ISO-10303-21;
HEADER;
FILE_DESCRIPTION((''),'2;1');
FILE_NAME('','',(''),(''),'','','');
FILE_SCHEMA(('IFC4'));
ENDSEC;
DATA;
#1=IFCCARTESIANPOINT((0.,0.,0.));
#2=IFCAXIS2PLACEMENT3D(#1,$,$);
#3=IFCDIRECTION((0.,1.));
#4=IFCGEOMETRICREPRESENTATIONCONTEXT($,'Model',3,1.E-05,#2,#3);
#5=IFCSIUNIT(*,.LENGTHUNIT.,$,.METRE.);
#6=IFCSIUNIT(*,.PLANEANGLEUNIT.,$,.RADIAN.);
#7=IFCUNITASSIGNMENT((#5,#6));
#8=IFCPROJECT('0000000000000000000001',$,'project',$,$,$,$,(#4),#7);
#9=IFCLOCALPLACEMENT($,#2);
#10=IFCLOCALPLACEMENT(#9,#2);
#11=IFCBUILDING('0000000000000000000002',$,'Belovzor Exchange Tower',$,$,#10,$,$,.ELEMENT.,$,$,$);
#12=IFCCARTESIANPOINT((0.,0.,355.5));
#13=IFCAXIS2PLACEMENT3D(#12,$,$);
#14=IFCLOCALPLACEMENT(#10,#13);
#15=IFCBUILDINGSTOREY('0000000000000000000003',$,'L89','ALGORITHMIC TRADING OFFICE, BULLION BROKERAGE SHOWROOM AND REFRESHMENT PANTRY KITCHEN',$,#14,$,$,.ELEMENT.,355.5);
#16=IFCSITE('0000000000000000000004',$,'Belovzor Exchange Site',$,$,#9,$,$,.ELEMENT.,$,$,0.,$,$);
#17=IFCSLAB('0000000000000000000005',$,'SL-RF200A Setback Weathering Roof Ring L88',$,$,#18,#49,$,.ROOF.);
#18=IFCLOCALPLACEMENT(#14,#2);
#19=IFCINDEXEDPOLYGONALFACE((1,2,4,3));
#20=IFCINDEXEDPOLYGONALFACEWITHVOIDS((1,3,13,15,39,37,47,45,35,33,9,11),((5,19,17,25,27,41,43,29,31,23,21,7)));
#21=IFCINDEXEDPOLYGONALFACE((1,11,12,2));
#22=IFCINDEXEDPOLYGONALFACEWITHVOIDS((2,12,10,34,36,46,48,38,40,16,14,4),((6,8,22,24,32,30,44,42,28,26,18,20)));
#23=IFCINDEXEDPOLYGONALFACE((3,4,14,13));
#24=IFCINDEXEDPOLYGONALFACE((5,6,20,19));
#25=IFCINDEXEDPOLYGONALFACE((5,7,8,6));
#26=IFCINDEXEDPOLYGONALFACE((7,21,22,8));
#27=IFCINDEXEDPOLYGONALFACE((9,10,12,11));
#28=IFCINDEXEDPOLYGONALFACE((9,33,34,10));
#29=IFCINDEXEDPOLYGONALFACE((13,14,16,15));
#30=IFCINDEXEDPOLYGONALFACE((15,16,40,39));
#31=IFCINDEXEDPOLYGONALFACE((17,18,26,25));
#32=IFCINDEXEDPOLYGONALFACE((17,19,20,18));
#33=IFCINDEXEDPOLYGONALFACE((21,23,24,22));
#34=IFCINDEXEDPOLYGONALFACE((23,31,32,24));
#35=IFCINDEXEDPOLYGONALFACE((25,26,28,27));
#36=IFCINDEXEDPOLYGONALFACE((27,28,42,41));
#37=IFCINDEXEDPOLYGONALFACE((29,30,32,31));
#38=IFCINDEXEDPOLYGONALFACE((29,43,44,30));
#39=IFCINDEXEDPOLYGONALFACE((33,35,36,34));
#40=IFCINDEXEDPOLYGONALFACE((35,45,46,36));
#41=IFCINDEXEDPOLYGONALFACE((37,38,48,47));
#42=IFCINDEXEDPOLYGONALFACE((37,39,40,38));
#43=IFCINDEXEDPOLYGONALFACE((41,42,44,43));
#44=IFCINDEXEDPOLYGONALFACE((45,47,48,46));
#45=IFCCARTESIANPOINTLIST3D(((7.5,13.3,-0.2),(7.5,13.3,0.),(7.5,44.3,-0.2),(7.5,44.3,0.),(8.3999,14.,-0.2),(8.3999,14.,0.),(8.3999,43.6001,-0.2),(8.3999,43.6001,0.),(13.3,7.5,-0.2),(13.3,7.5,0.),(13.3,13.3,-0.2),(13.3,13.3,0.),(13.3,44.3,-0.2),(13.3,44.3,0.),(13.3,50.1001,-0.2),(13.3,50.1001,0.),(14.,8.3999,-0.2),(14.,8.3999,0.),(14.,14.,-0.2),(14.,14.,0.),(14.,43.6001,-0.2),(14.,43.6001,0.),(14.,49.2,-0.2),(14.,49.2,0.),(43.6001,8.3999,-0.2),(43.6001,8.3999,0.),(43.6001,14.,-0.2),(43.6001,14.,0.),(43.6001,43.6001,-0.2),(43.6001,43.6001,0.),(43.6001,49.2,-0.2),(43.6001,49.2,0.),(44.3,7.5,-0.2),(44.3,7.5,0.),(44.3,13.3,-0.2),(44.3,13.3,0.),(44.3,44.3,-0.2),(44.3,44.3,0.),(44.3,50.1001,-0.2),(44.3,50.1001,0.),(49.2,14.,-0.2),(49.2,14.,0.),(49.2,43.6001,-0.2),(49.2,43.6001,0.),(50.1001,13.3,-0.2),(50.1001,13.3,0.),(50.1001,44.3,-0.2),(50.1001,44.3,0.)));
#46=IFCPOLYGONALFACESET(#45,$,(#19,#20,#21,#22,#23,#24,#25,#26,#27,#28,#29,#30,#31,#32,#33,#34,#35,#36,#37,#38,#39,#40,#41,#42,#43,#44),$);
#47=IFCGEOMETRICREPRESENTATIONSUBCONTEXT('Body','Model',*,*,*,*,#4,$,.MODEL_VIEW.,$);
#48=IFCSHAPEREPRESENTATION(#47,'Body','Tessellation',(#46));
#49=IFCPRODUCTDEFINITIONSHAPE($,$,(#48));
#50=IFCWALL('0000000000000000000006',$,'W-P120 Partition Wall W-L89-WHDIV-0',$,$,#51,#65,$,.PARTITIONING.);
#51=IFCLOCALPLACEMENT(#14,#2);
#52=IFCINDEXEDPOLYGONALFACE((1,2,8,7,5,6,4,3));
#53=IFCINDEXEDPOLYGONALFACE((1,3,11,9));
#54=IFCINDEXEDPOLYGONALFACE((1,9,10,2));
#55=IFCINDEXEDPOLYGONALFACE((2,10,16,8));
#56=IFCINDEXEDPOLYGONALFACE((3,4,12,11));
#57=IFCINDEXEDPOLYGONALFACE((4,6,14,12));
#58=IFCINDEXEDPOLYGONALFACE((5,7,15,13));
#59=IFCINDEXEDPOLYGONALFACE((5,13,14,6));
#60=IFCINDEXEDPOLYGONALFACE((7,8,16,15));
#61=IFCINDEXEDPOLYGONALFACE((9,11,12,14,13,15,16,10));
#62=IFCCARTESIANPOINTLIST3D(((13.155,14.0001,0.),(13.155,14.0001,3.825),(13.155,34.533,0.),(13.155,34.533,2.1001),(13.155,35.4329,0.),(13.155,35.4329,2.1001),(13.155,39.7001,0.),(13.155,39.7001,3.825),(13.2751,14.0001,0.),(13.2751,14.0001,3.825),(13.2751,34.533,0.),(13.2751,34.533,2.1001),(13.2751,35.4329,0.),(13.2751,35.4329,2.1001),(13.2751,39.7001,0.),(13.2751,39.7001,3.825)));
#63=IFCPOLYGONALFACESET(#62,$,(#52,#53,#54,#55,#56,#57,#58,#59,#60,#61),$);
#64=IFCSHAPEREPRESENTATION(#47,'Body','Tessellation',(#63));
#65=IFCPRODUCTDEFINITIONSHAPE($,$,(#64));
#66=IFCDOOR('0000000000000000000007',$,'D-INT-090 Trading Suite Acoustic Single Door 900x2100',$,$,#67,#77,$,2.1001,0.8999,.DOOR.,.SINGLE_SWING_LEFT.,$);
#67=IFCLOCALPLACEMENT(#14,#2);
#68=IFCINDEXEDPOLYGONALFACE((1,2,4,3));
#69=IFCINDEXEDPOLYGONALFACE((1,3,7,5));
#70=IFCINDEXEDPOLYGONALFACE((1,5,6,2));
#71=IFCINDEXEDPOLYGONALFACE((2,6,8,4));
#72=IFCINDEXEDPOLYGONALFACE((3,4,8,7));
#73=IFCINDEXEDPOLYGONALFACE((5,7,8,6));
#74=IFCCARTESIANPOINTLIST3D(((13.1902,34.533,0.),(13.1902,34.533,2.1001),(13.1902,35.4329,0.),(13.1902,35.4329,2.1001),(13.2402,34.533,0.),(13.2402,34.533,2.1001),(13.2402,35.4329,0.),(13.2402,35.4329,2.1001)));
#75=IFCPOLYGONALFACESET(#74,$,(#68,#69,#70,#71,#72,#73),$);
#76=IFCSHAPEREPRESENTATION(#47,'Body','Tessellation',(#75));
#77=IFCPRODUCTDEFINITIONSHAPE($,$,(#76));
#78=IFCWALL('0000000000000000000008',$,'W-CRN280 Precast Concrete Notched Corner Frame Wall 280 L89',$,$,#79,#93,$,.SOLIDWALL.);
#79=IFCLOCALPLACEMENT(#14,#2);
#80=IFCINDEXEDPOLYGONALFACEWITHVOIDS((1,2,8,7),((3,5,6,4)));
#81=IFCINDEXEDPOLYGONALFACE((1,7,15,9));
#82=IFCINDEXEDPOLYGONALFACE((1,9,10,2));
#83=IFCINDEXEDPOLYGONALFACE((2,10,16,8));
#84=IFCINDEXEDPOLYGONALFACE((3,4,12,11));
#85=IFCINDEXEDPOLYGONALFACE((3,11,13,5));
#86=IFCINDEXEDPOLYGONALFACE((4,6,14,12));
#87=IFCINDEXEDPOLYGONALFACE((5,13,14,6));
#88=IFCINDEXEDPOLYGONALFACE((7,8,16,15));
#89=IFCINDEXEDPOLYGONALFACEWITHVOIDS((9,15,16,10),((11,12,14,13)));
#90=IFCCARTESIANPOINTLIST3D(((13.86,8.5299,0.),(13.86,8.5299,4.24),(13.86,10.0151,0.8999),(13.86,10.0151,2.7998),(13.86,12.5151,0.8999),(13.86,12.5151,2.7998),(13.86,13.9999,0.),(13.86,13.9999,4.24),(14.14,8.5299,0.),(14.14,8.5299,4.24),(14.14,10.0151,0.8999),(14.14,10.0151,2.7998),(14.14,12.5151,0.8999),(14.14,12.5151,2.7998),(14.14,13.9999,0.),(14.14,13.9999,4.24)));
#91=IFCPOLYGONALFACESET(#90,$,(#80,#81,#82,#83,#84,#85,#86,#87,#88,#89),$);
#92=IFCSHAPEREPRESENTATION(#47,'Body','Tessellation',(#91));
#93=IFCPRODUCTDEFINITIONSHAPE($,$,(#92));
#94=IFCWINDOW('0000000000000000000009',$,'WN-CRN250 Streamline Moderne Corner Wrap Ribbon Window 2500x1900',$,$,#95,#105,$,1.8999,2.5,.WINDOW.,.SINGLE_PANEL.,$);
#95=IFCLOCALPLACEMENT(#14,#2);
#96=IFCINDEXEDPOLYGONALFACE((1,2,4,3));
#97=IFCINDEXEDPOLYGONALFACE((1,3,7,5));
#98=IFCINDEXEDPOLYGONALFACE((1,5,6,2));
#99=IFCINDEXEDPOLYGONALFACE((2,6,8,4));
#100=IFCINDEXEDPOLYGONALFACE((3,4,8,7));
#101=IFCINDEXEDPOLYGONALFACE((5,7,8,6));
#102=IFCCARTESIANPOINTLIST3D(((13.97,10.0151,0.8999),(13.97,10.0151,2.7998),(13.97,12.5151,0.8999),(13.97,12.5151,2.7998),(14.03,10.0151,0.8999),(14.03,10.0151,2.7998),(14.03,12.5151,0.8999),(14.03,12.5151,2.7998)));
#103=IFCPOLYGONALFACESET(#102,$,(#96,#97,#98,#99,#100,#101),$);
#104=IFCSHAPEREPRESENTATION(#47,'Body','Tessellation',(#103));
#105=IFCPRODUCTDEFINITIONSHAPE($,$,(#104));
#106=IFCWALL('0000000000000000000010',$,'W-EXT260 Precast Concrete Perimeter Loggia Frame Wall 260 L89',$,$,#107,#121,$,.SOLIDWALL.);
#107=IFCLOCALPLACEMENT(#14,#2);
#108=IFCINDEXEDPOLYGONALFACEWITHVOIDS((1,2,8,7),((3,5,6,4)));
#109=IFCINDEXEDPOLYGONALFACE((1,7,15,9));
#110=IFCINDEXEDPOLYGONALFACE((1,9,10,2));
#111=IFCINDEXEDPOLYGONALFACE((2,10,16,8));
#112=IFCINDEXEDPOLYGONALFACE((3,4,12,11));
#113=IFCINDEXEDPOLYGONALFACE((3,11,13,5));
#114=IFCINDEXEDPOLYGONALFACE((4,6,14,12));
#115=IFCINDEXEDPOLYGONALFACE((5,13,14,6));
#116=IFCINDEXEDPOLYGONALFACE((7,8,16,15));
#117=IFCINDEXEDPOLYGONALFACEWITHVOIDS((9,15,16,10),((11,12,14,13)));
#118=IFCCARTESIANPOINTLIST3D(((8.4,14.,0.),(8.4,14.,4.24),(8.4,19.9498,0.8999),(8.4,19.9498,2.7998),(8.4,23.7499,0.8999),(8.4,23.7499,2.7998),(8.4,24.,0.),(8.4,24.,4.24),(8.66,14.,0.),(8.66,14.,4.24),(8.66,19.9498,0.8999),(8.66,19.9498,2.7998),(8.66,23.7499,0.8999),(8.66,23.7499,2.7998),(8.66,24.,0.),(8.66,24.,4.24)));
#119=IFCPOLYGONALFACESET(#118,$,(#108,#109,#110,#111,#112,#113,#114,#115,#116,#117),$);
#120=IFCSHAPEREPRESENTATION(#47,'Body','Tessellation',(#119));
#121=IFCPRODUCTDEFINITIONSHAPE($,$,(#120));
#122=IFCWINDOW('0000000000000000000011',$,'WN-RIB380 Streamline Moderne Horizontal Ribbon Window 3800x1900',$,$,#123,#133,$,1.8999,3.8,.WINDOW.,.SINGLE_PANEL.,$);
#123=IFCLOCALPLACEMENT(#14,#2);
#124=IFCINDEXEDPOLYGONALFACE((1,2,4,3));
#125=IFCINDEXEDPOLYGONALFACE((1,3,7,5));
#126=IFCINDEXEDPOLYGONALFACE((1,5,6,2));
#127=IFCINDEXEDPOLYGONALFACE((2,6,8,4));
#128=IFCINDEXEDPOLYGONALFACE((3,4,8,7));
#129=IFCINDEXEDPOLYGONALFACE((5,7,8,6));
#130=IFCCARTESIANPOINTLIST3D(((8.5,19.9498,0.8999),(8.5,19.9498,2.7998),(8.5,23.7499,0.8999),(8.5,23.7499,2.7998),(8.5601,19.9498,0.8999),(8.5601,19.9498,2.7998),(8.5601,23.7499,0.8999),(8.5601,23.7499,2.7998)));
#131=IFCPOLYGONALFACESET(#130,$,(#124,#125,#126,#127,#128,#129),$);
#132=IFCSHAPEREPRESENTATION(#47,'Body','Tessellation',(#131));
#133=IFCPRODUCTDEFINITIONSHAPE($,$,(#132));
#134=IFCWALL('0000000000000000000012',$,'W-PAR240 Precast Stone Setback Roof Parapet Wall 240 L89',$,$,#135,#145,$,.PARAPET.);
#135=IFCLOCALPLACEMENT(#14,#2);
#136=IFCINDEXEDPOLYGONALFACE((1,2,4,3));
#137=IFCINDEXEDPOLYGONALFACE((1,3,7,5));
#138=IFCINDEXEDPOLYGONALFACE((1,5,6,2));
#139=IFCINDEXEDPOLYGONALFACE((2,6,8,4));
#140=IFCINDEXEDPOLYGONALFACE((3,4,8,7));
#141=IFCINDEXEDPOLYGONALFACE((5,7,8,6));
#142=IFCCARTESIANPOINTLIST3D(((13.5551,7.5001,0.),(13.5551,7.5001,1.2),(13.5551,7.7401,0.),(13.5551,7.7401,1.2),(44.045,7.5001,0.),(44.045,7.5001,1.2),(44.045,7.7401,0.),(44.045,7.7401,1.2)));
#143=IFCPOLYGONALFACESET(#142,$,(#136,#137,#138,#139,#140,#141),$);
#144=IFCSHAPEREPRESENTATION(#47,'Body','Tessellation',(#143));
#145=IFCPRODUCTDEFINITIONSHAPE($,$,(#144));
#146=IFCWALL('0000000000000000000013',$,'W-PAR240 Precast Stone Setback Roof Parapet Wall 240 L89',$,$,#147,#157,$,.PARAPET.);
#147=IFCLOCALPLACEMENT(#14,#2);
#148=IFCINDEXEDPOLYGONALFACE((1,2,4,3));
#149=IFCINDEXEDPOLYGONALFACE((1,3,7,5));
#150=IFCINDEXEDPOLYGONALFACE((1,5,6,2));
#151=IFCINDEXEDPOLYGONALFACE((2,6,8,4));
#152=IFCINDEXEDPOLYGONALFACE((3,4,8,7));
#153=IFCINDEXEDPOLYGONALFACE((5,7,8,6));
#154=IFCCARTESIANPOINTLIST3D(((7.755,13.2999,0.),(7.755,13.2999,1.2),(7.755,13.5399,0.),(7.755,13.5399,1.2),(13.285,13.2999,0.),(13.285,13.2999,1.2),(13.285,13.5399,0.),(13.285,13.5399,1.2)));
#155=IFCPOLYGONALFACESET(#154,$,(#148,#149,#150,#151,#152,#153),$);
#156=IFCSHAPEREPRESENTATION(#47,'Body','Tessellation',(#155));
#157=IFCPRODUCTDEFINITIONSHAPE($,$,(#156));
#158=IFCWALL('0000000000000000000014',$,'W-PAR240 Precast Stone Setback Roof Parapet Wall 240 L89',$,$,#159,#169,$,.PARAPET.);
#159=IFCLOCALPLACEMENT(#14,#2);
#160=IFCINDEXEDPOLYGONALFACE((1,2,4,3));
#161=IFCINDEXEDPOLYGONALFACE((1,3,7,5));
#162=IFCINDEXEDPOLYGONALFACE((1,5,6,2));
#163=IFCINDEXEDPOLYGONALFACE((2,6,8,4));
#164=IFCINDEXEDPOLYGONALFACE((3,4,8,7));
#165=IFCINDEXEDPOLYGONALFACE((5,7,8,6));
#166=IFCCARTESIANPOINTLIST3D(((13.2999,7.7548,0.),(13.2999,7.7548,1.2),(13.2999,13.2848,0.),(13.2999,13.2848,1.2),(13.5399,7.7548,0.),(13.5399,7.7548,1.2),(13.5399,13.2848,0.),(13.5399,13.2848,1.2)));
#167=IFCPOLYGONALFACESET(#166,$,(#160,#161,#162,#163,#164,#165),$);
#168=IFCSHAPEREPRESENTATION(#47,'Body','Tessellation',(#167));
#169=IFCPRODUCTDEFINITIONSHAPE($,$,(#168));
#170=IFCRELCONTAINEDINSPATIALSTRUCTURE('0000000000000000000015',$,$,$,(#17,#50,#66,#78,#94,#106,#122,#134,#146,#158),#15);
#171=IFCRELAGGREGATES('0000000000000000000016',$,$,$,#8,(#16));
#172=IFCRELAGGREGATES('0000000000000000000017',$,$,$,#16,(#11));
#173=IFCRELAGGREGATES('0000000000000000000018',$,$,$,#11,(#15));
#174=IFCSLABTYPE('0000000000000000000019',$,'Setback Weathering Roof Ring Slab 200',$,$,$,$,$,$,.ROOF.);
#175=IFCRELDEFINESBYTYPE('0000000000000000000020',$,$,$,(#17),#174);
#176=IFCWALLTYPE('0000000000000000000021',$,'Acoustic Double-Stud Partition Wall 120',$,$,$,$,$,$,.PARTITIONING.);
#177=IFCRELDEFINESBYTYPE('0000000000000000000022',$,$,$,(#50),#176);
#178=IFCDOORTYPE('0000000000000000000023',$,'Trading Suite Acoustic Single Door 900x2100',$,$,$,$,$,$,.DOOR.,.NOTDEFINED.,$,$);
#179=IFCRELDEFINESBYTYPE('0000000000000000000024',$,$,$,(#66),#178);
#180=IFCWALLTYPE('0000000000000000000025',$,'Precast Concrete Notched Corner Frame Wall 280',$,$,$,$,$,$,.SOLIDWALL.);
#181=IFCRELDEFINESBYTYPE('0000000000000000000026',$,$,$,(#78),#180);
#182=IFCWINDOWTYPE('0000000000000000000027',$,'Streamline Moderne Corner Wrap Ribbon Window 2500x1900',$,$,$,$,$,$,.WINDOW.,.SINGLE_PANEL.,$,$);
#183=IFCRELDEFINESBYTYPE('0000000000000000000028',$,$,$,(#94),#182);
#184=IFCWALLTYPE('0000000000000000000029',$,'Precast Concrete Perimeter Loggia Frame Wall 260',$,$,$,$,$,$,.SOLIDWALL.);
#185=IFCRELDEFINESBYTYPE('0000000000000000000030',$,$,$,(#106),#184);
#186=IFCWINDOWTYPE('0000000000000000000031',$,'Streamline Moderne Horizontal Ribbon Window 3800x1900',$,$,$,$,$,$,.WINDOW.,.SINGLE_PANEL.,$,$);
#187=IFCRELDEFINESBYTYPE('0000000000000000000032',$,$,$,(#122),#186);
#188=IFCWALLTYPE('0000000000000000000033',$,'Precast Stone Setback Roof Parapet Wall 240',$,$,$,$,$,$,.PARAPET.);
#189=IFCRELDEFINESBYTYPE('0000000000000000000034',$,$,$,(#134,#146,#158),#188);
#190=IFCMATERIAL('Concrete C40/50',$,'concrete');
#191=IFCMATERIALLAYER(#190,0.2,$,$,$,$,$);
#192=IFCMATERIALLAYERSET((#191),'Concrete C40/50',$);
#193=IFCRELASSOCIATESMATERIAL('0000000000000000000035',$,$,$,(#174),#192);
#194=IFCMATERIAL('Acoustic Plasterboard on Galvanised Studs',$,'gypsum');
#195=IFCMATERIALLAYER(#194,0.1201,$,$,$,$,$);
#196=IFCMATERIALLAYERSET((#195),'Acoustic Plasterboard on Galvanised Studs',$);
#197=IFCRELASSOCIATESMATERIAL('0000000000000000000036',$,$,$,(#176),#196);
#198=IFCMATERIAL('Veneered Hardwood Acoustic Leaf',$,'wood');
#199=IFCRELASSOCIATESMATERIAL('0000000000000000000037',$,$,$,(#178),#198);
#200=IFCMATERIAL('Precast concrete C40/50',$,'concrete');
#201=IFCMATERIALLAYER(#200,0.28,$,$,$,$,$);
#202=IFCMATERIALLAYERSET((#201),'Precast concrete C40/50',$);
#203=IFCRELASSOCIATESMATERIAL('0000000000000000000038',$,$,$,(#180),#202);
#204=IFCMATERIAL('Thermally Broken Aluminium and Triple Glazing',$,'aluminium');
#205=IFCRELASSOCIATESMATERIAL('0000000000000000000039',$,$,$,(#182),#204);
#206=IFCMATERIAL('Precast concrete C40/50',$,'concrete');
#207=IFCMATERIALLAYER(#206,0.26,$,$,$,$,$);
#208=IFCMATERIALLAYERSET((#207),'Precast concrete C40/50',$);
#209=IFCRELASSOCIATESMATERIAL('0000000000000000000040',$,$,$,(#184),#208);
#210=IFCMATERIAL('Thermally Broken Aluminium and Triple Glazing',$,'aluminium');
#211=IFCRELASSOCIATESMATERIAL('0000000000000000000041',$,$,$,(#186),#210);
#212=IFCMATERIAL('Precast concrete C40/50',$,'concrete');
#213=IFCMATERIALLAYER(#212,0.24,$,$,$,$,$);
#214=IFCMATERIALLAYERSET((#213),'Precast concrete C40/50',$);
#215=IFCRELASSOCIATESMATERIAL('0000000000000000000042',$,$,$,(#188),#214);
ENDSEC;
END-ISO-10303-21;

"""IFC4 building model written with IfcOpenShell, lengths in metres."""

from ifc_helpers import new_model, si_unit, direction, frame, frame_2d, origin, place, context, subcontext, project, spatial, polyline, rectangle, outline, extrude, material, layer, layer_set, type_object, element, fill, save


model = new_model("IFC4")

# Units and contexts
model_context = context("Model", 3, precision=1e-05, world=origin(), true_north=direction((0.0, 1.0)))
body_context = subcontext(model_context, "Body", "Model", "MODEL_VIEW")
ifc_project = project(units=[si_unit("LENGTHUNIT", "METRE"), si_unit("PLANEANGLEUNIT", "RADIAN")], contexts=[model_context])

# Site, building, storey
site_placement = place(None, origin())
site = spatial("IfcSite", under=ifc_project, at=site_placement, Name="Belovzor Exchange Site", CompositionType="ELEMENT", RefElevation=0.0)
building_placement = place(site_placement, origin())
building = spatial("IfcBuilding", under=site, at=building_placement, Name="Belovzor Exchange Tower", CompositionType="ELEMENT")
storey_placement = place(building_placement, frame((0.0, 0.0, 355.5)))
storey = spatial("IfcBuildingStorey", under=building, at=storey_placement, Name="L89", Description="ALGORITHMIC TRADING OFFICE, BULLION BROKERAGE SHOWROOM AND REFRESHMENT PANTRY KITCHEN", CompositionType="ELEMENT", Elevation=355.5)

# Slab
ifc_material_1 = material(Name="Concrete C40/50", Category="concrete")
ifc_layer_1 = layer(ifc_material_1, 0.2)
ifc_layer_set_1 = layer_set([ifc_layer_1], Name="Concrete C40/50")
slab_type_1 = type_object("IfcSlabType", Name="Setback Weathering Roof Ring Slab 200", PredefinedType="ROOF", material=ifc_layer_set_1)
slab_1_placement = place(storey_placement, frame((0.0, 0.0, -0.2)))
element("IfcSlab", 1, at=slab_1_placement, inside=storey, type_object=slab_type_1, Name="SL-RF200A Setback Weathering Roof Ring L88", PredefinedType="ROOF", context=body_context, shape_type="SweptSolid", body=[
    extrude(outline(polyline([(13.3, 7.5), (44.3, 7.5), (44.3, 13.3), (50.1001, 13.3), (50.1001, 44.3), (44.3, 44.3), (44.3, 50.1001), (13.3, 50.1001), (13.3, 44.3), (7.5, 44.3), (7.5, 13.3), (13.3, 13.3), (13.3, 7.5)]), holes=[polyline([(14.0, 8.3999), (43.6001, 8.3999), (43.6001, 14.0), (49.2, 14.0), (49.2, 43.6001), (43.6001, 43.6001), (43.6001, 49.2), (14.0, 49.2), (14.0, 43.6001), (8.3999, 43.6001), (8.3999, 14.0), (14.0, 14.0), (14.0, 8.3999)])]), origin(), (0.0, 0.0, 1.0), 0.2),
])

# Wall, opening, door
ifc_material_2 = material(Name="Acoustic Plasterboard on Galvanised Studs", Category="gypsum")
ifc_layer_2 = layer(ifc_material_2, 0.1201)
ifc_layer_set_2 = layer_set([ifc_layer_2], Name="Acoustic Plasterboard on Galvanised Studs")
wall_type_1 = type_object("IfcWallType", Name="Acoustic Double-Stud Partition Wall 120", PredefinedType="PARTITIONING", material=ifc_layer_set_2)
wall_1_placement = place(storey_placement, frame((13.2151, 14.0, 0.0), z_axis=(0.0, 0.0, 1.0), x_axis=(0.0, 1.0, 0.0)))
wall_1 = element("IfcWall", 2, at=wall_1_placement, inside=storey, type_object=wall_type_1, Name="W-P120 Partition Wall W-L89-WHDIV-0", PredefinedType="PARTITIONING", context=body_context, shape_type="SweptSolid", body=[
    extrude(rectangle(XDim=25.7, YDim=0.1201, at=frame_2d((12.8501, 0.0))), origin(), (0.0, 0.0, 1.0), 3.825),
])
opening_1_placement = place(wall_1_placement, frame((20.533, 0.0, 0.0)))
opening_1 = element("IfcOpeningElement", 3, at=opening_1_placement, cuts=wall_1, PredefinedType="OPENING", context=body_context, shape_type="SweptSolid", body=[
    extrude(rectangle(XDim=0.8999, YDim=2.1001, at=frame_2d((0.45, 1.05))), frame((0.0, 0.0701, 0.0), z_axis=(0.0, -1.0, 0.0), x_axis=(1.0, 0.0, 0.0)), (0.0, 0.0, 1.0), 0.1401),
])
ifc_material_3 = material(Name="Veneered Hardwood Acoustic Leaf", Category="wood")
door_type = type_object("IfcDoorType", Name="Trading Suite Acoustic Single Door 900x2100", OperationType="NOTDEFINED", PredefinedType="DOOR", material=ifc_material_3)
door_placement = place(opening_1_placement, origin())
door = element("IfcDoor", 4, at=door_placement, inside=storey, type_object=door_type, Name="D-INT-090 Trading Suite Acoustic Single Door 900x2100", OperationType="SINGLE_SWING_LEFT", OverallHeight=2.1001, OverallWidth=0.8999, PredefinedType="DOOR", context=body_context, shape_type="SweptSolid", body=[
    extrude(rectangle(XDim=0.8999, YDim=2.1001, at=frame_2d((0.45, 1.05))), frame((0.0, 0.0249, 0.0), z_axis=(0.0, -1.0, 0.0), x_axis=(1.0, 0.0, 0.0)), (0.0, 0.0, 1.0), 0.05),
])
fill(opening_1, door)

# Walls, openings, windows
ifc_material_4 = material(Name="Precast concrete C40/50", Category="concrete")
ifc_layer_3 = layer(ifc_material_4, 0.28)
ifc_layer_set_3 = layer_set([ifc_layer_3], Name="Precast concrete C40/50")
wall_type_2 = type_object("IfcWallType", Name="Precast Concrete Notched Corner Frame Wall 280", PredefinedType="SOLIDWALL", material=ifc_layer_set_3)
wall_2_placement = place(storey_placement, frame((14.0, 8.53, 0.0), z_axis=(0.0, 0.0, 1.0), x_axis=(0.0, 1.0, 0.0)))
wall_2 = element("IfcWall", 5, at=wall_2_placement, inside=storey, type_object=wall_type_2, Name="W-CRN280 Precast Concrete Notched Corner Frame Wall 280 L89", PredefinedType="SOLIDWALL", context=body_context, shape_type="SweptSolid", body=[
    extrude(rectangle(XDim=5.47, YDim=0.28, at=frame_2d((2.7349, 0.0))), origin(), (0.0, 0.0, 1.0), 4.24),
])
opening_2_placement = place(wall_2_placement, frame((1.4851, 0.0, 0.8999)))
opening_2 = element("IfcOpeningElement", 6, at=opening_2_placement, cuts=wall_2, PredefinedType="OPENING", context=body_context, shape_type="SweptSolid", body=[
    extrude(rectangle(XDim=2.5, YDim=1.8999, at=frame_2d((1.25, 0.95))), frame((0.0, 0.1499, 0.0), z_axis=(0.0, -1.0, 0.0), x_axis=(1.0, 0.0, 0.0)), (0.0, 0.0, 1.0), 0.3),
])
ifc_material_5 = material(Name="Thermally Broken Aluminium and Triple Glazing", Category="aluminium")
window_type_1 = type_object("IfcWindowType", Name="Streamline Moderne Corner Wrap Ribbon Window 2500x1900", PartitioningType="SINGLE_PANEL", PredefinedType="WINDOW", material=ifc_material_5)
window_1_placement = place(opening_2_placement, origin())
window_1 = element("IfcWindow", 7, at=window_1_placement, inside=storey, type_object=window_type_1, Name="WN-CRN250 Streamline Moderne Corner Wrap Ribbon Window 2500x1900", OverallHeight=1.8999, OverallWidth=2.5, PartitioningType="SINGLE_PANEL", PredefinedType="WINDOW", context=body_context, shape_type="SweptSolid", body=[
    extrude(rectangle(XDim=2.5, YDim=1.8999, at=frame_2d((1.25, 0.95))), frame((0.0, 0.03, 0.0), z_axis=(0.0, -1.0, 0.0), x_axis=(1.0, 0.0, 0.0)), (0.0, 0.0, 1.0), 0.0601),
])
fill(opening_2, window_1)
ifc_material_6 = material(Name="Precast concrete C40/50", Category="concrete")
ifc_layer_4 = layer(ifc_material_6, 0.26)
ifc_layer_set_4 = layer_set([ifc_layer_4], Name="Precast concrete C40/50")
wall_type_3 = type_object("IfcWallType", Name="Precast Concrete Perimeter Loggia Frame Wall 260", PredefinedType="SOLIDWALL", material=ifc_layer_set_4)
wall_3_placement = place(storey_placement, frame((8.53, 14.0, 0.0), z_axis=(0.0, 0.0, 1.0), x_axis=(0.0, 1.0, 0.0)))
wall_3 = element("IfcWall", 8, at=wall_3_placement, inside=storey, type_object=wall_type_3, Name="W-EXT260 Precast Concrete Perimeter Loggia Frame Wall 260 L89", PredefinedType="SOLIDWALL", context=body_context, shape_type="SweptSolid", body=[
    extrude(rectangle(XDim=10.0, YDim=0.26, at=frame_2d((5.0, 0.0))), origin(), (0.0, 0.0, 1.0), 4.24),
])
opening_3_placement = place(wall_3_placement, frame((5.95, 0.0, 0.8999)))
opening_3 = element("IfcOpeningElement", 9, at=opening_3_placement, cuts=wall_3, PredefinedType="OPENING", context=body_context, shape_type="SweptSolid", body=[
    extrude(rectangle(XDim=3.8, YDim=1.8999, at=frame_2d((1.8999, 0.95))), frame((0.0, 0.1399, 0.0), z_axis=(0.0, -1.0, 0.0), x_axis=(1.0, 0.0, 0.0)), (0.0, 0.0, 1.0), 0.28),
])
ifc_material_7 = material(Name="Thermally Broken Aluminium and Triple Glazing", Category="aluminium")
window_type_2 = type_object("IfcWindowType", Name="Streamline Moderne Horizontal Ribbon Window 3800x1900", PartitioningType="SINGLE_PANEL", PredefinedType="WINDOW", material=ifc_material_7)
window_2_placement = place(opening_3_placement, origin())
window_2 = element("IfcWindow", 10, at=window_2_placement, inside=storey, type_object=window_type_2, Name="WN-RIB380 Streamline Moderne Horizontal Ribbon Window 3800x1900", OverallHeight=1.8999, OverallWidth=3.8, PartitioningType="SINGLE_PANEL", PredefinedType="WINDOW", context=body_context, shape_type="SweptSolid", body=[
    extrude(rectangle(XDim=3.8, YDim=1.8999, at=frame_2d((1.8999, 0.95))), frame((0.0, 0.03, 0.0), z_axis=(0.0, -1.0, 0.0), x_axis=(1.0, 0.0, 0.0)), (0.0, 0.0, 1.0), 0.0601),
])
fill(opening_3, window_2)

# Walls
ifc_material_8 = material(Name="Precast concrete C40/50", Category="concrete")
ifc_layer_5 = layer(ifc_material_8, 0.24)
ifc_layer_set_5 = layer_set([ifc_layer_5], Name="Precast concrete C40/50")
wall_type_4 = type_object("IfcWallType", Name="Precast Stone Setback Roof Parapet Wall 240", PredefinedType="PARAPET", material=ifc_layer_set_5)
wall_4_placement = place(storey_placement, frame((13.5549, 7.6201, 0.0), z_axis=(0.0, 0.0, 1.0), x_axis=(1.0, 0.0, 0.0)))
element("IfcWall", 11, at=wall_4_placement, inside=storey, type_object=wall_type_4, Name="W-PAR240 Precast Stone Setback Roof Parapet Wall 240 L89", PredefinedType="PARAPET", context=body_context, shape_type="SweptSolid", body=[
    extrude(rectangle(XDim=30.49, YDim=0.24, at=frame_2d((15.2451, 0.0))), origin(), (0.0, 0.0, 1.0), 1.2),
])
for number, where, z_axis, x_axis, name in (
    (12, (7.7549, 13.4199, 0.0), (0.0, 0.0, 1.0), (1.0, 0.0, 0.0), "W-PAR240 Precast Stone Setback Roof Parapet Wall 240 L89"),
    (13, (13.4199, 13.2849, 0.0), (0.0, 0.0, 1.0), (0.0, -1.0, 0.0), "W-PAR240 Precast Stone Setback Roof Parapet Wall 240 L89"),
):
    element("IfcWall", number, at=place(storey_placement, frame(where, z_axis=z_axis, x_axis=x_axis)), inside=storey, type_object=wall_type_4, Name=name, PredefinedType="PARAPET", context=body_context, shape_type="SweptSolid", body=[
        extrude(rectangle(XDim=5.53, YDim=0.24, at=frame_2d((2.7651, 0.0))), origin(), (0.0, 0.0, 1.0), 1.2),
    ])

save(model, "model.ifc")
